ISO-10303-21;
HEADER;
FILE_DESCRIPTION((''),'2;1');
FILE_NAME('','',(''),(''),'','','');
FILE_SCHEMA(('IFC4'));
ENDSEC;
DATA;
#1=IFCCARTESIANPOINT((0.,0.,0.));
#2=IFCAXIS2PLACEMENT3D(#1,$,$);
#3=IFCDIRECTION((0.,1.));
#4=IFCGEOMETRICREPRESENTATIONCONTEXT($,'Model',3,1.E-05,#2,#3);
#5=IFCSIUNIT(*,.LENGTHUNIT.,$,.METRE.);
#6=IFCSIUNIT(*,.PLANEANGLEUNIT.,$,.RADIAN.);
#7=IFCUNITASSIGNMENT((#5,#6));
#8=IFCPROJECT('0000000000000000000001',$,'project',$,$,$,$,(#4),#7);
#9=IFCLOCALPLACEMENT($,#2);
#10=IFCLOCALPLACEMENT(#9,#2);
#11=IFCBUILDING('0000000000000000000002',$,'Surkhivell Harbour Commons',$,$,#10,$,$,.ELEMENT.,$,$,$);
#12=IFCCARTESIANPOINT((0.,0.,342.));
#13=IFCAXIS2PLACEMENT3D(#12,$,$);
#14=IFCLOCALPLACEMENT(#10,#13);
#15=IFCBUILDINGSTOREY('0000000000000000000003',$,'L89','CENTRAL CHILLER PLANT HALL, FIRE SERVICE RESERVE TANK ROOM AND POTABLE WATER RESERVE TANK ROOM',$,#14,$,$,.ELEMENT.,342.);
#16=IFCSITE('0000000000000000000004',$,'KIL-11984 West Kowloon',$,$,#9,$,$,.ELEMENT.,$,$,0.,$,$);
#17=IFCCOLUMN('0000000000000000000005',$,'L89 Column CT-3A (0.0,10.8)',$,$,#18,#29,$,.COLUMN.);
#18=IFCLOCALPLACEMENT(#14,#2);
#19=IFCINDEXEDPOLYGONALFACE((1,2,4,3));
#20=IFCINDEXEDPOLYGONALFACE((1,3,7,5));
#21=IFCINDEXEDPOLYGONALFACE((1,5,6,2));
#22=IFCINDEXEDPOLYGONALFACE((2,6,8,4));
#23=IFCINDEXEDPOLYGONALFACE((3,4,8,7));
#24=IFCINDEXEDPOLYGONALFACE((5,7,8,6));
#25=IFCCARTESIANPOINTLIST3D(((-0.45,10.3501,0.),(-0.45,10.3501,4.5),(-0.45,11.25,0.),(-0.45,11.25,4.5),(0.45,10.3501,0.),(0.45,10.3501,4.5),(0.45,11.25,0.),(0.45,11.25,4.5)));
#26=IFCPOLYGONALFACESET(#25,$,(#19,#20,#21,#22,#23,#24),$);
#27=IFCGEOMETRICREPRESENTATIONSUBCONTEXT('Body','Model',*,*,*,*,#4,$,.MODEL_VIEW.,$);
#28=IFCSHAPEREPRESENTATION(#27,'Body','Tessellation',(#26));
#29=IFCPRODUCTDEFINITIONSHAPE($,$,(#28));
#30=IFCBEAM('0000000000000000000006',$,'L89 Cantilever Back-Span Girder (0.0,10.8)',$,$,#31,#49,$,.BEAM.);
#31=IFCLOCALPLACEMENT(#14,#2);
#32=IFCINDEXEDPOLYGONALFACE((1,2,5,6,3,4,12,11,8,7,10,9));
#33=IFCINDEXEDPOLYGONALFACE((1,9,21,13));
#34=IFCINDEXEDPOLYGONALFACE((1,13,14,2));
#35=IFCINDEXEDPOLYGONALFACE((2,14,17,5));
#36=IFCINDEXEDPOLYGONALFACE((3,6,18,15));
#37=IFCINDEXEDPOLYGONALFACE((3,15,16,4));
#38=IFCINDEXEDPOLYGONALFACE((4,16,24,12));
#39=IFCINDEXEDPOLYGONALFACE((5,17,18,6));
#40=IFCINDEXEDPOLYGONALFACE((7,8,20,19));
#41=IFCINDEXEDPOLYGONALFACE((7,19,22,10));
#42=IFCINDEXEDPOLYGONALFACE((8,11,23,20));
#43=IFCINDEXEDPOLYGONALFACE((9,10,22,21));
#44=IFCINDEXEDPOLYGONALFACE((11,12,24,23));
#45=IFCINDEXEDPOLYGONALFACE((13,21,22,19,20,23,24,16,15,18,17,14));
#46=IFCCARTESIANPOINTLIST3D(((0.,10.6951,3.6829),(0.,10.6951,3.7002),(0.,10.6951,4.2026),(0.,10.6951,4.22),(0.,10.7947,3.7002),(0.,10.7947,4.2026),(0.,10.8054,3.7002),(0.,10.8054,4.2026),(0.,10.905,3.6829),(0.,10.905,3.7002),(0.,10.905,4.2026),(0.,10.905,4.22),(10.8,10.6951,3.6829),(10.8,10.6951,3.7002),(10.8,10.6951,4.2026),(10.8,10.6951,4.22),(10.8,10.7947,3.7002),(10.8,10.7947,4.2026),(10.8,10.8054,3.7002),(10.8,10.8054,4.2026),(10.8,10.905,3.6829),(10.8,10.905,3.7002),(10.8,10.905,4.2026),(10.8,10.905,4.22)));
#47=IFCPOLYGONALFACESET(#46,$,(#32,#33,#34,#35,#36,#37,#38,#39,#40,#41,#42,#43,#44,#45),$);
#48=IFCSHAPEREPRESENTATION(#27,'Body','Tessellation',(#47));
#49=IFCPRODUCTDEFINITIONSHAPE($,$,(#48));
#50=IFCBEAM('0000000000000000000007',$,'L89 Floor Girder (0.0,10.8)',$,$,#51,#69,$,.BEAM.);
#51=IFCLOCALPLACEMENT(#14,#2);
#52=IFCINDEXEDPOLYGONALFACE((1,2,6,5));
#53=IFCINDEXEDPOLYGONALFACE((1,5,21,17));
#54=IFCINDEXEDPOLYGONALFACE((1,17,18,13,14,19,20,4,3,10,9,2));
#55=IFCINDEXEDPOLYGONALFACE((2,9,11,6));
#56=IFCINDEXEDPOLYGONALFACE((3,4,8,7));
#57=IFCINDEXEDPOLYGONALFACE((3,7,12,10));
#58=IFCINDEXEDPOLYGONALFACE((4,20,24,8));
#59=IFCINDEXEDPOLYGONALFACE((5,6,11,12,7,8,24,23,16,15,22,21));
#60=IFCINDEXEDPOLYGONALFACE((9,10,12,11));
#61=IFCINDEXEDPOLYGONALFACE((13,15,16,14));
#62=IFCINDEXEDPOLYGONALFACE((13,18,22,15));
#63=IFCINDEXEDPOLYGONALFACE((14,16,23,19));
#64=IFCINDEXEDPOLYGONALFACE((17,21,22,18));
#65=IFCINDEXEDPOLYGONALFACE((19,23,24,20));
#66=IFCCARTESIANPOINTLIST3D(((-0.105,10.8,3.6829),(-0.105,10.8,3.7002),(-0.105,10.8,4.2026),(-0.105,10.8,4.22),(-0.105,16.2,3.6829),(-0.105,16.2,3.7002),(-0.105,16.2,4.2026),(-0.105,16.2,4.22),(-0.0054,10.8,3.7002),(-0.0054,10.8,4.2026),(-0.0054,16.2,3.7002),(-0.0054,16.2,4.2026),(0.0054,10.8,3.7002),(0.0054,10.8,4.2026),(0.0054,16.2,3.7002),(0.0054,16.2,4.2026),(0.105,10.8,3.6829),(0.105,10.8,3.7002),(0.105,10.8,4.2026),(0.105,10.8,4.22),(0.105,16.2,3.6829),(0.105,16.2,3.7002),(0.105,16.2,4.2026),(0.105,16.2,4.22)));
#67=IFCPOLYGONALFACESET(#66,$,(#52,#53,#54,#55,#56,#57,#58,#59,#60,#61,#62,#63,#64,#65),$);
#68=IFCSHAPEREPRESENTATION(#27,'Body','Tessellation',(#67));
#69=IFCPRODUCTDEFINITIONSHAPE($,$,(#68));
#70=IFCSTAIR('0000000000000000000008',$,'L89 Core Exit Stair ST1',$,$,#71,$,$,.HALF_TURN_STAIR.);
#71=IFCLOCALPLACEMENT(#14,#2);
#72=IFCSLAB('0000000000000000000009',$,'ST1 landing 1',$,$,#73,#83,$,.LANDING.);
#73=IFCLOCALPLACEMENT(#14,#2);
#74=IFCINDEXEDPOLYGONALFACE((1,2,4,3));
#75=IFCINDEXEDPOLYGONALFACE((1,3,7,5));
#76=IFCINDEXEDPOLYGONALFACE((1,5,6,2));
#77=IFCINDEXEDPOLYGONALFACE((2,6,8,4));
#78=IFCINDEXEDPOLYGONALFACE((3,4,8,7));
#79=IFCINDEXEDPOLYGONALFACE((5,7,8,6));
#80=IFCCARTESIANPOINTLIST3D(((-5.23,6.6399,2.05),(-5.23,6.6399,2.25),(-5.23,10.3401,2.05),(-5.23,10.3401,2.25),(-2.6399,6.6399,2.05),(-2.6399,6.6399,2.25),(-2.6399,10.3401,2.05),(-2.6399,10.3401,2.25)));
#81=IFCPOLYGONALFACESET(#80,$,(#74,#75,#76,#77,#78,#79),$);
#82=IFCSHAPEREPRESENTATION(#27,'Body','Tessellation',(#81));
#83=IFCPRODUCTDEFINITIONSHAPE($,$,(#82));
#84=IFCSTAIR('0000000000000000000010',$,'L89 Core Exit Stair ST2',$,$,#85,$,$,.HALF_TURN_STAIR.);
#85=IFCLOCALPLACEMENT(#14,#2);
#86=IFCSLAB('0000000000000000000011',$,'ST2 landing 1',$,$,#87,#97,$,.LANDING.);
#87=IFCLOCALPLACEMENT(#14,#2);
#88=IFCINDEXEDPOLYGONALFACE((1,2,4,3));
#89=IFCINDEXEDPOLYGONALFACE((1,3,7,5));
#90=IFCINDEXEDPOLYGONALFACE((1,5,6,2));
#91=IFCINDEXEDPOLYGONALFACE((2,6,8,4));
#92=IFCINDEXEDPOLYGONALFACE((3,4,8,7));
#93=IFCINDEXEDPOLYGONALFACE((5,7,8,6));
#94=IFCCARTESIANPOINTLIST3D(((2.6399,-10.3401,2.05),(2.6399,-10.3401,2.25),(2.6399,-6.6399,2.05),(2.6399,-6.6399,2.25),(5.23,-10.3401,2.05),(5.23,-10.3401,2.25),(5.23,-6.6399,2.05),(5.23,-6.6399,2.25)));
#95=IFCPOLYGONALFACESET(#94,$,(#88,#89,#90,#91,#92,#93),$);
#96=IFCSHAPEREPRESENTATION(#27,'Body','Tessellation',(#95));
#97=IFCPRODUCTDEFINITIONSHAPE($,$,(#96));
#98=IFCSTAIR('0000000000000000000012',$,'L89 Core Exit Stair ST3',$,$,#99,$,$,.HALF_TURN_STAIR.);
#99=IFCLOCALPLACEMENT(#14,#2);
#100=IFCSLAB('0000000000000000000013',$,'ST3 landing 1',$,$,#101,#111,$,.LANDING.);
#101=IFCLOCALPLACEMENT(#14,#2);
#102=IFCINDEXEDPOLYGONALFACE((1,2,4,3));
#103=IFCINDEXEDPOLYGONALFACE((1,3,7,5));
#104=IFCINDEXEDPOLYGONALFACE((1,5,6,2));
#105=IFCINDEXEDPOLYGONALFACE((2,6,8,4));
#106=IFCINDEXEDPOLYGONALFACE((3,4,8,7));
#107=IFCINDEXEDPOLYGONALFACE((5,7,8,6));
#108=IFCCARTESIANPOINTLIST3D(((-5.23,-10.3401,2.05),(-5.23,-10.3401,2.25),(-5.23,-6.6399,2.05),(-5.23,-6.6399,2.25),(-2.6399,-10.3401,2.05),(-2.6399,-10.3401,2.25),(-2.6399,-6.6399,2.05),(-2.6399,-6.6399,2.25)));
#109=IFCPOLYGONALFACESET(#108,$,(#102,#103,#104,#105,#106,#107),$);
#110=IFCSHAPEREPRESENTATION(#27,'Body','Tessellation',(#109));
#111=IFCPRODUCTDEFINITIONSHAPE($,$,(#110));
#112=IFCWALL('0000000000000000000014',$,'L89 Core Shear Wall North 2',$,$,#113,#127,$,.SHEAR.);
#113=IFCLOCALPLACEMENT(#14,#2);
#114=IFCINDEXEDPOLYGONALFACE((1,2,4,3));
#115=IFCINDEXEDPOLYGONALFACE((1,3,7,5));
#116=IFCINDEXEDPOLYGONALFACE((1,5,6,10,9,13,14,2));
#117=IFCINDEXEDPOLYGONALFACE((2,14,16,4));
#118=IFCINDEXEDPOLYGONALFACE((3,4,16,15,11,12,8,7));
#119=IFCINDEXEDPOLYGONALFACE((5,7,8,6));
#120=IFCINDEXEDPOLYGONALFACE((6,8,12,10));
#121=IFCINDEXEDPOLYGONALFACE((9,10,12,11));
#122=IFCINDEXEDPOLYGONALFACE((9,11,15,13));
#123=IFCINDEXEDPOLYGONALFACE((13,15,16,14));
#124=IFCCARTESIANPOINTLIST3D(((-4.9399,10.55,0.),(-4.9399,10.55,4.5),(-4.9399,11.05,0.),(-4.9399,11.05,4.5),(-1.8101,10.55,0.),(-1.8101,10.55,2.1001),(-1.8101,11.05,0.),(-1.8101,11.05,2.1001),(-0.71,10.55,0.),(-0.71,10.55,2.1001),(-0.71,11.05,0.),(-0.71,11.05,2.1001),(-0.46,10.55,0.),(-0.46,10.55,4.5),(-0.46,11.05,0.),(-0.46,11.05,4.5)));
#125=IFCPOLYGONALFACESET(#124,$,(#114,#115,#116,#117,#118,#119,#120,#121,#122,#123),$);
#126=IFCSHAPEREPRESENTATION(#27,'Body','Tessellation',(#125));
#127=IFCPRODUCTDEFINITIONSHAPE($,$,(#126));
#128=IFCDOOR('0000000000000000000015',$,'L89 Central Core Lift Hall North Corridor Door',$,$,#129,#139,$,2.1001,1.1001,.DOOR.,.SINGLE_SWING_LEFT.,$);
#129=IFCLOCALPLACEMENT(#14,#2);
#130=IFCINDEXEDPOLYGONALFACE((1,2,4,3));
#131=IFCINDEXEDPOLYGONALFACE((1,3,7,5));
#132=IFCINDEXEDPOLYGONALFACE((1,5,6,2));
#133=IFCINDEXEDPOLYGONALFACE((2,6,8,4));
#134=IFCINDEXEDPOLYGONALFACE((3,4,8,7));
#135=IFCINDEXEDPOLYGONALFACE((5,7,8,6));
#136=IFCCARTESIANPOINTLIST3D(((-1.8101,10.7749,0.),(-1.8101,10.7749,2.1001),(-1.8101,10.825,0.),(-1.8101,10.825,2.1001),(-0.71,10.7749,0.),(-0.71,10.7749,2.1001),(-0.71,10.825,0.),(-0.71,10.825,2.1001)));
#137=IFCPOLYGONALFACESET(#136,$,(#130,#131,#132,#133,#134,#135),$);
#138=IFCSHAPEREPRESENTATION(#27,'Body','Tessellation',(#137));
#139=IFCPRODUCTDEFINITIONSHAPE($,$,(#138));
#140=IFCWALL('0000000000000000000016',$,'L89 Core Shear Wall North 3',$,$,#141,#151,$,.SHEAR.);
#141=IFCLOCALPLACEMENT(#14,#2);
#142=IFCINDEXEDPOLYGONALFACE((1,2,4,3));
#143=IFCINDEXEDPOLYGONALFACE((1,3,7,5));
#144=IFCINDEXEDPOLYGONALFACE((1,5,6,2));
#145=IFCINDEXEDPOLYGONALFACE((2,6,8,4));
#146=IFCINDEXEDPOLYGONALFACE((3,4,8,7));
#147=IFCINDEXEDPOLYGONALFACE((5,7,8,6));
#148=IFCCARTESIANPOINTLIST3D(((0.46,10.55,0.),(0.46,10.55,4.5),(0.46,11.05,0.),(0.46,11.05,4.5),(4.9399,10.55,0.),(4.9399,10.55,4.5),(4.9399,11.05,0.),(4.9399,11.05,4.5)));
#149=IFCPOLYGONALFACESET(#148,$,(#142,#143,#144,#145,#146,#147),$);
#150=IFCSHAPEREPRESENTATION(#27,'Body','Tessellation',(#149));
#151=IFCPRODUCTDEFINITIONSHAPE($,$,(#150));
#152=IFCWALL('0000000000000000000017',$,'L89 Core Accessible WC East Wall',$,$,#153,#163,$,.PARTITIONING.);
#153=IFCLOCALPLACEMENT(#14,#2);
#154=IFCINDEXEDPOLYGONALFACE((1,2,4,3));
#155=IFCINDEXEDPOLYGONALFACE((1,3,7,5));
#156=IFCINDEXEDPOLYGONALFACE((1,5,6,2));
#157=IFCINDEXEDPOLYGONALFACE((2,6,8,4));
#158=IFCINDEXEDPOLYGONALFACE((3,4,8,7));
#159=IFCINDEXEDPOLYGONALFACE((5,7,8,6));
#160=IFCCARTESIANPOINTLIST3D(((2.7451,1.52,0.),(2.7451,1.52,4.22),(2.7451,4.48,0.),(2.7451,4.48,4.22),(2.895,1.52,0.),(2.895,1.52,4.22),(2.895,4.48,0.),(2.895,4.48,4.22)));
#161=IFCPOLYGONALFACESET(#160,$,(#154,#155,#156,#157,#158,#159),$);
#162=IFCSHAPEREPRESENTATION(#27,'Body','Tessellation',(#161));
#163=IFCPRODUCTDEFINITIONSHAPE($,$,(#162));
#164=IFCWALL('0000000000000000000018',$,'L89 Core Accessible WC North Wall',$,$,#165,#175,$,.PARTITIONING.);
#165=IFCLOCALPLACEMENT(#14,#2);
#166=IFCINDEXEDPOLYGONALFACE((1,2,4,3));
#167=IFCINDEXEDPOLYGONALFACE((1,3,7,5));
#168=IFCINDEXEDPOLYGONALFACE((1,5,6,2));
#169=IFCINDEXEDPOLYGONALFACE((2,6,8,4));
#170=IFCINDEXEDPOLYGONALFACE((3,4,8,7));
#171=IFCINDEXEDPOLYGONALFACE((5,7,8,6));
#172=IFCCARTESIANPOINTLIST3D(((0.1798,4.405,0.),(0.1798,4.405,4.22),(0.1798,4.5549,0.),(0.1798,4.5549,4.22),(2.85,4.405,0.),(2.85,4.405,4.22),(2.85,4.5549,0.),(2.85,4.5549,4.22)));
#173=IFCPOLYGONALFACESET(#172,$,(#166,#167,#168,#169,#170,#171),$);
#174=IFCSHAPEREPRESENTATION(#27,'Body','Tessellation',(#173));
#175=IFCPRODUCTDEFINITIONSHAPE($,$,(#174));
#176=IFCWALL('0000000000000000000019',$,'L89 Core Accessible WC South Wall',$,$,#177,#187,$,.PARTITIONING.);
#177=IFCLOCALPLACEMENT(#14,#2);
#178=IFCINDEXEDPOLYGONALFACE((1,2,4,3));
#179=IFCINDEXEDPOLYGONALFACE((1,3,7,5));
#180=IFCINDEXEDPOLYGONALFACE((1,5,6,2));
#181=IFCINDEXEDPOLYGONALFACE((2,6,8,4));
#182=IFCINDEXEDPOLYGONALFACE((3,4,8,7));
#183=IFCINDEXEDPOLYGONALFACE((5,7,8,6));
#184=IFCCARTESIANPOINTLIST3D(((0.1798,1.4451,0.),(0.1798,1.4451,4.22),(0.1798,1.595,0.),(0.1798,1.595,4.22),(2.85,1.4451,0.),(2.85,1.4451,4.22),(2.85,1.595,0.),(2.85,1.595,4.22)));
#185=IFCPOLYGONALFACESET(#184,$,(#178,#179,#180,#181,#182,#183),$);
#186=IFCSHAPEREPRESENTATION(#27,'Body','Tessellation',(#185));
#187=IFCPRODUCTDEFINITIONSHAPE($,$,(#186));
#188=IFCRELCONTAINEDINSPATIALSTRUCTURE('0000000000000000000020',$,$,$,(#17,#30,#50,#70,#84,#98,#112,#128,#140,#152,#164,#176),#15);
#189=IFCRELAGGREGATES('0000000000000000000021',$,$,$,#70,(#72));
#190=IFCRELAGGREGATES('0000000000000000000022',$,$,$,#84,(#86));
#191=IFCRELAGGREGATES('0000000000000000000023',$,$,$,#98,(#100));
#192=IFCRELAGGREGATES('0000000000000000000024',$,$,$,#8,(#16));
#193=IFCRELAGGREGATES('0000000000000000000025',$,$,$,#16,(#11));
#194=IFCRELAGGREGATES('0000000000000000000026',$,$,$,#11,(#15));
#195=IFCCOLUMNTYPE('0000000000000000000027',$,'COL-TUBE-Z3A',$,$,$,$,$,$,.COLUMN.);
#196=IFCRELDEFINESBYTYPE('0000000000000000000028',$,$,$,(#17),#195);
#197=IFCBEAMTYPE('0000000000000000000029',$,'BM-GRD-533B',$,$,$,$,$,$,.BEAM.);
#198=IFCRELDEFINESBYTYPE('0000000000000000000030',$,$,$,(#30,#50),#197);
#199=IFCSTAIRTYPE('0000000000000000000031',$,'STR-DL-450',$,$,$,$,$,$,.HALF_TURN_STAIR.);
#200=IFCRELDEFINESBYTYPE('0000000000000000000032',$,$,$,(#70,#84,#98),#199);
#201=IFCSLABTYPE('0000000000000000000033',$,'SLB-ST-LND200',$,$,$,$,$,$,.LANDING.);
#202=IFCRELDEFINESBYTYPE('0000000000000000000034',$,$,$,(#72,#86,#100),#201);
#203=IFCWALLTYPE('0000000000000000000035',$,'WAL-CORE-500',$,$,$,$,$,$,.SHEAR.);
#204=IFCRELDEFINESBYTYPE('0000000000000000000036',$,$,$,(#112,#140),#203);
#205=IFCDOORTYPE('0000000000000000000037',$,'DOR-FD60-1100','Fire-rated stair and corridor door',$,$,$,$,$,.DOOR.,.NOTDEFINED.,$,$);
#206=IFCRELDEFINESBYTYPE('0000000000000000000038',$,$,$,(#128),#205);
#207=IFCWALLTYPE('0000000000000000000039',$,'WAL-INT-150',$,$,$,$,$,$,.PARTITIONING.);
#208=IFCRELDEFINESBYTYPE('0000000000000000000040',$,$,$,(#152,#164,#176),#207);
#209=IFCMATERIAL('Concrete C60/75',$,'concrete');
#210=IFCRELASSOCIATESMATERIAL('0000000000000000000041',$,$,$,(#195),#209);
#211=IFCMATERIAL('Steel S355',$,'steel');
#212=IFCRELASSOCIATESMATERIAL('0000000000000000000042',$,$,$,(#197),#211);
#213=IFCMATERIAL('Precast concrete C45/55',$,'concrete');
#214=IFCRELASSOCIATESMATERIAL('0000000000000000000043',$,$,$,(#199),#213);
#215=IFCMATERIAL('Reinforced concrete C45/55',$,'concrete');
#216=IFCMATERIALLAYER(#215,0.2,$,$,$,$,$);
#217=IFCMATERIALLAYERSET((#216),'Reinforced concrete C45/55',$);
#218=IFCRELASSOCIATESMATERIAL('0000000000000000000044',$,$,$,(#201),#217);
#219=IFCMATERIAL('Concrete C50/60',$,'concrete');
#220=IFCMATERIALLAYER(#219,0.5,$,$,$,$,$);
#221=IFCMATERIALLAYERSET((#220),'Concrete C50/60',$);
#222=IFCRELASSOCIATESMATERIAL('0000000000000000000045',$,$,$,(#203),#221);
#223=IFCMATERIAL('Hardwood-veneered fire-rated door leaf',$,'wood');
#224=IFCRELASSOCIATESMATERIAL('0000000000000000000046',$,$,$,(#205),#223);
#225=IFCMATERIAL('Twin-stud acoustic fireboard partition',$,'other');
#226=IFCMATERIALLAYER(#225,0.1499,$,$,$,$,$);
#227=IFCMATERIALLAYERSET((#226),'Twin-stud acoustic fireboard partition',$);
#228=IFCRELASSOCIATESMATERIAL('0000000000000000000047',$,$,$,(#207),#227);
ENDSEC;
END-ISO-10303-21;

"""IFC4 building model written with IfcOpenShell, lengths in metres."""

from ifc_helpers import new_model, si_unit, direction, frame, frame_2d, origin, origin_2d, place, context, subcontext, project, spatial, polyline, rectangle, i_section, outline, extrude, material, layer, layer_set, material_profile, profile_set, type_object, element, fill, aggregate, save


model = new_model("IFC4")

# Units and contexts
model_context = context("Model", 3, precision=1e-05, world=origin(), true_north=direction((0.0, 1.0)))
body_context = subcontext(model_context, "Body", "Model", "MODEL_VIEW")
ifc_project = project(units=[si_unit("LENGTHUNIT", "METRE"), si_unit("PLANEANGLEUNIT", "RADIAN")], contexts=[model_context])

# Site, building, storey
site_placement = place(None, origin())
site = spatial("IfcSite", under=ifc_project, at=site_placement, Name="KIL-11984 West Kowloon", CompositionType="ELEMENT", RefElevation=0.0)
building_placement = place(site_placement, origin())
building = spatial("IfcBuilding", under=site, at=building_placement, Name="Surkhivell Harbour Commons", CompositionType="ELEMENT")
storey_placement = place(building_placement, frame((0.0, 0.0, 342.0)))
storey = spatial("IfcBuildingStorey", under=building, at=storey_placement, Name="L89", Description="CENTRAL CHILLER PLANT HALL, FIRE SERVICE RESERVE TANK ROOM AND POTABLE WATER RESERVE TANK ROOM", CompositionType="ELEMENT", Elevation=342.0)

# Column
ifc_material_1 = material(Name="Concrete C60/75", Category="concrete")
ifc_material_profile_1 = material_profile(ifc_material_1, rectangle(XDim=0.8999, YDim=0.8999, at=origin_2d()), Name="RC-COL-900x900")
ifc_profile_set_1 = profile_set([ifc_material_profile_1], Name="Concrete C60/75")
column_type = type_object("IfcColumnType", Name="COL-TUBE-Z3A", PredefinedType="COLUMN", material=ifc_profile_set_1)
column_placement = place(storey_placement, frame((0.0, 10.8, 0.0), z_axis=(0.0, 0.0, 1.0), x_axis=(1.0, 0.0, 0.0)))
element("IfcColumn", 1, at=column_placement, inside=storey, type_object=column_type, Name="L89 Column CT-3A (0.0,10.8)", PredefinedType="COLUMN", context=body_context, shape_type="SweptSolid", body=[
    extrude(rectangle(XDim=0.8999, YDim=0.8999, at=origin_2d()), origin(), (0.0, 0.0, 1.0), 4.5),
])

# Beams
ifc_material_2 = material(Name="Steel S355", Category="steel")
ifc_material_profile_2 = material_profile(ifc_material_2, i_section(OverallWidth=0.21, OverallDepth=0.5371, WebThickness=0.0107, FlangeThickness=0.0173, at=origin_2d()), Name="UB533x210x101")
ifc_profile_set_2 = profile_set([ifc_material_profile_2], Name="Steel S355")
beam_type = type_object("IfcBeamType", Name="BM-GRD-533B", PredefinedType="BEAM", material=ifc_profile_set_2)
beam_1_placement = place(storey_placement, frame((0.0, 10.8, 3.9514), z_axis=(1.0, 0.0, 0.0), x_axis=(0.0, 1.0, 0.0)))
element("IfcBeam", 2, at=beam_1_placement, inside=storey, type_object=beam_type, Name="L89 Cantilever Back-Span Girder (0.0,10.8)", PredefinedType="BEAM", context=body_context, shape_type="SweptSolid", body=[
    extrude(i_section(OverallWidth=0.21, OverallDepth=0.5371, WebThickness=0.0107, FlangeThickness=0.0173, at=origin_2d()), origin(), (0.0, 0.0, 1.0), 10.8),
])
beam_2_placement = place(storey_placement, frame((0.0, 10.8, 3.9514), z_axis=(0.0, 1.0, 0.0), x_axis=(-1.0, 0.0, 0.0)))
element("IfcBeam", 3, at=beam_2_placement, inside=storey, type_object=beam_type, Name="L89 Floor Girder (0.0,10.8)", PredefinedType="BEAM", context=body_context, shape_type="SweptSolid", body=[
    extrude(i_section(OverallWidth=0.21, OverallDepth=0.5371, WebThickness=0.0107, FlangeThickness=0.0173, at=origin_2d()), origin(), (0.0, 0.0, 1.0), 5.3999),
])

# Stairs, slabs
ifc_material_3 = material(Name="Precast concrete C45/55", Category="concrete")
stair_type = type_object("IfcStairType", Name="STR-DL-450", PredefinedType="HALF_TURN_STAIR", material=ifc_material_3)
stair_1_placement = place(storey_placement, origin())
stair_1 = element("IfcStair", 4, at=stair_1_placement, inside=storey, type_object=stair_type, Name="L89 Core Exit Stair ST1", PredefinedType="HALF_TURN_STAIR")
ifc_material_4 = material(Name="Reinforced concrete C45/55", Category="concrete")
ifc_layer_1 = layer(ifc_material_4, 0.2)
ifc_layer_set_1 = layer_set([ifc_layer_1], Name="Reinforced concrete C45/55")
slab_type = type_object("IfcSlabType", Name="SLB-ST-LND200", PredefinedType="LANDING", material=ifc_layer_set_1)
slab_1_placement = place(storey_placement, frame((0.0, 0.0, 2.05)))
slab_1 = element("IfcSlab", 5, at=slab_1_placement, type_object=slab_type, Name="ST1 landing 1", PredefinedType="LANDING", context=body_context, shape_type="SweptSolid", body=[
    extrude(outline(polyline([(-5.23, 6.6399), (-2.6399, 6.6399), (-2.6399, 10.3401), (-5.23, 10.3401), (-5.23, 6.6399)])), origin(), (0.0, 0.0, 1.0), 0.2),
])
aggregate(stair_1, [slab_1])
stair_2_placement = place(storey_placement, origin())
stair_2 = element("IfcStair", 6, at=stair_2_placement, inside=storey, type_object=stair_type, Name="L89 Core Exit Stair ST2", PredefinedType="HALF_TURN_STAIR")
slab_2_placement = place(storey_placement, frame((0.0, 0.0, 2.05)))
slab_2 = element("IfcSlab", 7, at=slab_2_placement, type_object=slab_type, Name="ST2 landing 1", PredefinedType="LANDING", context=body_context, shape_type="SweptSolid", body=[
    extrude(outline(polyline([(5.23, -6.6399), (2.6399, -6.6399), (2.6399, -10.3401), (5.23, -10.3401), (5.23, -6.6399)])), origin(), (0.0, 0.0, 1.0), 0.2),
])
aggregate(stair_2, [slab_2])
stair_3_placement = place(storey_placement, origin())
stair_3 = element("IfcStair", 8, at=stair_3_placement, inside=storey, type_object=stair_type, Name="L89 Core Exit Stair ST3", PredefinedType="HALF_TURN_STAIR")
slab_3_placement = place(storey_placement, frame((0.0, 0.0, 2.05)))
slab_3 = element("IfcSlab", 9, at=slab_3_placement, type_object=slab_type, Name="ST3 landing 1", PredefinedType="LANDING", context=body_context, shape_type="SweptSolid", body=[
    extrude(outline(polyline([(-5.23, -10.3401), (-2.6399, -10.3401), (-2.6399, -6.6399), (-5.23, -6.6399), (-5.23, -10.3401)])), origin(), (0.0, 0.0, 1.0), 0.2),
])
aggregate(stair_3, [slab_3])

# Wall, opening, door
ifc_material_5 = material(Name="Concrete C50/60", Category="concrete")
ifc_layer_2 = layer(ifc_material_5, 0.5)
ifc_layer_set_2 = layer_set([ifc_layer_2], Name="Concrete C50/60")
wall_type_1 = type_object("IfcWallType", Name="WAL-CORE-500", PredefinedType="SHEAR", material=ifc_layer_set_2)
wall_1_placement = place(storey_placement, frame((-4.9399, 10.8, 0.0), z_axis=(0.0, 0.0, 1.0), x_axis=(1.0, 0.0, 0.0)))
wall_1 = element("IfcWall", 10, at=wall_1_placement, inside=storey, type_object=wall_type_1, Name="L89 Core Shear Wall North 2", PredefinedType="SHEAR", context=body_context, shape_type="SweptSolid", body=[
    extrude(rectangle(XDim=4.48, YDim=0.5, at=frame_2d((2.24, 0.0))), origin(), (0.0, 0.0, 1.0), 4.5),
])
opening_1_placement = place(wall_1_placement, frame((3.1299, 0.0, 0.0)))
opening_1 = element("IfcOpeningElement", 11, at=opening_1_placement, cuts=wall_1, PredefinedType="OPENING", context=body_context, shape_type="SweptSolid", body=[
    extrude(rectangle(XDim=1.1001, YDim=2.1001, at=frame_2d((0.55, 1.05))), frame((0.0, 0.26, 0.0), z_axis=(0.0, -1.0, 0.0), x_axis=(1.0, 0.0, 0.0)), (0.0, 0.0, 1.0), 0.52),
])
ifc_material_6 = material(Name="Hardwood-veneered fire-rated door leaf", Category="wood")
door_type_1 = type_object("IfcDoorType", Name="DOR-FD60-1100", Description="Fire-rated stair and corridor door", OperationType="NOTDEFINED", PredefinedType="DOOR", material=ifc_material_6)
door_1_placement = place(opening_1_placement, origin())
door_1 = element("IfcDoor", 12, at=door_1_placement, inside=storey, type_object=door_type_1, Name="L89 Central Core Lift Hall North Corridor Door", OperationType="SINGLE_SWING_LEFT", OverallHeight=2.1001, OverallWidth=1.1001, PredefinedType="DOOR", context=body_context, shape_type="SweptSolid", body=[
    extrude(rectangle(XDim=1.1001, YDim=2.1001, at=frame_2d((0.55, 1.05))), frame((0.0, 0.0249, 0.0), z_axis=(0.0, -1.0, 0.0), x_axis=(1.0, 0.0, 0.0)), (0.0, 0.0, 1.0), 0.05),
])
fill(opening_1, door_1)

# Walls
wall_2_placement = place(storey_placement, frame((0.46, 10.8, 0.0), z_axis=(0.0, 0.0, 1.0), x_axis=(1.0, 0.0, 0.0)))
element("IfcWall", 13, at=wall_2_placement, inside=storey, type_object=wall_type_1, Name="L89 Core Shear Wall North 3", PredefinedType="SHEAR", context=body_context, shape_type="SweptSolid", body=[
    extrude(rectangle(XDim=4.48, YDim=0.5, at=frame_2d((2.24, 0.0))), origin(), (0.0, 0.0, 1.0), 4.5),
])
ifc_material_7 = material(Name="Twin-stud acoustic fireboard partition", Category="other")
ifc_layer_3 = layer(ifc_material_7, 0.1499)
ifc_layer_set_3 = layer_set([ifc_layer_3], Name="Twin-stud acoustic fireboard partition")
wall_type_2 = type_object("IfcWallType", Name="WAL-INT-150", PredefinedType="PARTITIONING", material=ifc_layer_set_3)
wall_3_placement = place(storey_placement, frame((2.8201, 1.52, 0.0), z_axis=(0.0, 0.0, 1.0), x_axis=(0.0, 1.0, 0.0)))
element("IfcWall", 14, at=wall_3_placement, inside=storey, type_object=wall_type_2, Name="L89 Core Accessible WC East Wall", PredefinedType="PARTITIONING", context=body_context, shape_type="SweptSolid", body=[
    extrude(rectangle(XDim=2.96, YDim=0.1499, at=frame_2d((1.48, 0.0))), origin(), (0.0, 0.0, 1.0), 4.22),
])
for number, where, z_axis, x_axis, name in (
    (15, (0.1799, 4.48, 0.0), (0.0, 0.0, 1.0), (1.0, 0.0, 0.0), "L89 Core Accessible WC North Wall"),
    (16, (0.1799, 1.52, 0.0), (0.0, 0.0, 1.0), (1.0, 0.0, 0.0), "L89 Core Accessible WC South Wall"),
):
    element("IfcWall", number, at=place(storey_placement, frame(where, z_axis=z_axis, x_axis=x_axis)), inside=storey, type_object=wall_type_2, Name=name, PredefinedType="PARTITIONING", context=body_context, shape_type="SweptSolid", body=[
        extrude(rectangle(XDim=2.6702, YDim=0.1499, at=frame_2d((1.335, 0.0))), origin(), (0.0, 0.0, 1.0), 4.22),
    ])

save(model, "model.ifc")
